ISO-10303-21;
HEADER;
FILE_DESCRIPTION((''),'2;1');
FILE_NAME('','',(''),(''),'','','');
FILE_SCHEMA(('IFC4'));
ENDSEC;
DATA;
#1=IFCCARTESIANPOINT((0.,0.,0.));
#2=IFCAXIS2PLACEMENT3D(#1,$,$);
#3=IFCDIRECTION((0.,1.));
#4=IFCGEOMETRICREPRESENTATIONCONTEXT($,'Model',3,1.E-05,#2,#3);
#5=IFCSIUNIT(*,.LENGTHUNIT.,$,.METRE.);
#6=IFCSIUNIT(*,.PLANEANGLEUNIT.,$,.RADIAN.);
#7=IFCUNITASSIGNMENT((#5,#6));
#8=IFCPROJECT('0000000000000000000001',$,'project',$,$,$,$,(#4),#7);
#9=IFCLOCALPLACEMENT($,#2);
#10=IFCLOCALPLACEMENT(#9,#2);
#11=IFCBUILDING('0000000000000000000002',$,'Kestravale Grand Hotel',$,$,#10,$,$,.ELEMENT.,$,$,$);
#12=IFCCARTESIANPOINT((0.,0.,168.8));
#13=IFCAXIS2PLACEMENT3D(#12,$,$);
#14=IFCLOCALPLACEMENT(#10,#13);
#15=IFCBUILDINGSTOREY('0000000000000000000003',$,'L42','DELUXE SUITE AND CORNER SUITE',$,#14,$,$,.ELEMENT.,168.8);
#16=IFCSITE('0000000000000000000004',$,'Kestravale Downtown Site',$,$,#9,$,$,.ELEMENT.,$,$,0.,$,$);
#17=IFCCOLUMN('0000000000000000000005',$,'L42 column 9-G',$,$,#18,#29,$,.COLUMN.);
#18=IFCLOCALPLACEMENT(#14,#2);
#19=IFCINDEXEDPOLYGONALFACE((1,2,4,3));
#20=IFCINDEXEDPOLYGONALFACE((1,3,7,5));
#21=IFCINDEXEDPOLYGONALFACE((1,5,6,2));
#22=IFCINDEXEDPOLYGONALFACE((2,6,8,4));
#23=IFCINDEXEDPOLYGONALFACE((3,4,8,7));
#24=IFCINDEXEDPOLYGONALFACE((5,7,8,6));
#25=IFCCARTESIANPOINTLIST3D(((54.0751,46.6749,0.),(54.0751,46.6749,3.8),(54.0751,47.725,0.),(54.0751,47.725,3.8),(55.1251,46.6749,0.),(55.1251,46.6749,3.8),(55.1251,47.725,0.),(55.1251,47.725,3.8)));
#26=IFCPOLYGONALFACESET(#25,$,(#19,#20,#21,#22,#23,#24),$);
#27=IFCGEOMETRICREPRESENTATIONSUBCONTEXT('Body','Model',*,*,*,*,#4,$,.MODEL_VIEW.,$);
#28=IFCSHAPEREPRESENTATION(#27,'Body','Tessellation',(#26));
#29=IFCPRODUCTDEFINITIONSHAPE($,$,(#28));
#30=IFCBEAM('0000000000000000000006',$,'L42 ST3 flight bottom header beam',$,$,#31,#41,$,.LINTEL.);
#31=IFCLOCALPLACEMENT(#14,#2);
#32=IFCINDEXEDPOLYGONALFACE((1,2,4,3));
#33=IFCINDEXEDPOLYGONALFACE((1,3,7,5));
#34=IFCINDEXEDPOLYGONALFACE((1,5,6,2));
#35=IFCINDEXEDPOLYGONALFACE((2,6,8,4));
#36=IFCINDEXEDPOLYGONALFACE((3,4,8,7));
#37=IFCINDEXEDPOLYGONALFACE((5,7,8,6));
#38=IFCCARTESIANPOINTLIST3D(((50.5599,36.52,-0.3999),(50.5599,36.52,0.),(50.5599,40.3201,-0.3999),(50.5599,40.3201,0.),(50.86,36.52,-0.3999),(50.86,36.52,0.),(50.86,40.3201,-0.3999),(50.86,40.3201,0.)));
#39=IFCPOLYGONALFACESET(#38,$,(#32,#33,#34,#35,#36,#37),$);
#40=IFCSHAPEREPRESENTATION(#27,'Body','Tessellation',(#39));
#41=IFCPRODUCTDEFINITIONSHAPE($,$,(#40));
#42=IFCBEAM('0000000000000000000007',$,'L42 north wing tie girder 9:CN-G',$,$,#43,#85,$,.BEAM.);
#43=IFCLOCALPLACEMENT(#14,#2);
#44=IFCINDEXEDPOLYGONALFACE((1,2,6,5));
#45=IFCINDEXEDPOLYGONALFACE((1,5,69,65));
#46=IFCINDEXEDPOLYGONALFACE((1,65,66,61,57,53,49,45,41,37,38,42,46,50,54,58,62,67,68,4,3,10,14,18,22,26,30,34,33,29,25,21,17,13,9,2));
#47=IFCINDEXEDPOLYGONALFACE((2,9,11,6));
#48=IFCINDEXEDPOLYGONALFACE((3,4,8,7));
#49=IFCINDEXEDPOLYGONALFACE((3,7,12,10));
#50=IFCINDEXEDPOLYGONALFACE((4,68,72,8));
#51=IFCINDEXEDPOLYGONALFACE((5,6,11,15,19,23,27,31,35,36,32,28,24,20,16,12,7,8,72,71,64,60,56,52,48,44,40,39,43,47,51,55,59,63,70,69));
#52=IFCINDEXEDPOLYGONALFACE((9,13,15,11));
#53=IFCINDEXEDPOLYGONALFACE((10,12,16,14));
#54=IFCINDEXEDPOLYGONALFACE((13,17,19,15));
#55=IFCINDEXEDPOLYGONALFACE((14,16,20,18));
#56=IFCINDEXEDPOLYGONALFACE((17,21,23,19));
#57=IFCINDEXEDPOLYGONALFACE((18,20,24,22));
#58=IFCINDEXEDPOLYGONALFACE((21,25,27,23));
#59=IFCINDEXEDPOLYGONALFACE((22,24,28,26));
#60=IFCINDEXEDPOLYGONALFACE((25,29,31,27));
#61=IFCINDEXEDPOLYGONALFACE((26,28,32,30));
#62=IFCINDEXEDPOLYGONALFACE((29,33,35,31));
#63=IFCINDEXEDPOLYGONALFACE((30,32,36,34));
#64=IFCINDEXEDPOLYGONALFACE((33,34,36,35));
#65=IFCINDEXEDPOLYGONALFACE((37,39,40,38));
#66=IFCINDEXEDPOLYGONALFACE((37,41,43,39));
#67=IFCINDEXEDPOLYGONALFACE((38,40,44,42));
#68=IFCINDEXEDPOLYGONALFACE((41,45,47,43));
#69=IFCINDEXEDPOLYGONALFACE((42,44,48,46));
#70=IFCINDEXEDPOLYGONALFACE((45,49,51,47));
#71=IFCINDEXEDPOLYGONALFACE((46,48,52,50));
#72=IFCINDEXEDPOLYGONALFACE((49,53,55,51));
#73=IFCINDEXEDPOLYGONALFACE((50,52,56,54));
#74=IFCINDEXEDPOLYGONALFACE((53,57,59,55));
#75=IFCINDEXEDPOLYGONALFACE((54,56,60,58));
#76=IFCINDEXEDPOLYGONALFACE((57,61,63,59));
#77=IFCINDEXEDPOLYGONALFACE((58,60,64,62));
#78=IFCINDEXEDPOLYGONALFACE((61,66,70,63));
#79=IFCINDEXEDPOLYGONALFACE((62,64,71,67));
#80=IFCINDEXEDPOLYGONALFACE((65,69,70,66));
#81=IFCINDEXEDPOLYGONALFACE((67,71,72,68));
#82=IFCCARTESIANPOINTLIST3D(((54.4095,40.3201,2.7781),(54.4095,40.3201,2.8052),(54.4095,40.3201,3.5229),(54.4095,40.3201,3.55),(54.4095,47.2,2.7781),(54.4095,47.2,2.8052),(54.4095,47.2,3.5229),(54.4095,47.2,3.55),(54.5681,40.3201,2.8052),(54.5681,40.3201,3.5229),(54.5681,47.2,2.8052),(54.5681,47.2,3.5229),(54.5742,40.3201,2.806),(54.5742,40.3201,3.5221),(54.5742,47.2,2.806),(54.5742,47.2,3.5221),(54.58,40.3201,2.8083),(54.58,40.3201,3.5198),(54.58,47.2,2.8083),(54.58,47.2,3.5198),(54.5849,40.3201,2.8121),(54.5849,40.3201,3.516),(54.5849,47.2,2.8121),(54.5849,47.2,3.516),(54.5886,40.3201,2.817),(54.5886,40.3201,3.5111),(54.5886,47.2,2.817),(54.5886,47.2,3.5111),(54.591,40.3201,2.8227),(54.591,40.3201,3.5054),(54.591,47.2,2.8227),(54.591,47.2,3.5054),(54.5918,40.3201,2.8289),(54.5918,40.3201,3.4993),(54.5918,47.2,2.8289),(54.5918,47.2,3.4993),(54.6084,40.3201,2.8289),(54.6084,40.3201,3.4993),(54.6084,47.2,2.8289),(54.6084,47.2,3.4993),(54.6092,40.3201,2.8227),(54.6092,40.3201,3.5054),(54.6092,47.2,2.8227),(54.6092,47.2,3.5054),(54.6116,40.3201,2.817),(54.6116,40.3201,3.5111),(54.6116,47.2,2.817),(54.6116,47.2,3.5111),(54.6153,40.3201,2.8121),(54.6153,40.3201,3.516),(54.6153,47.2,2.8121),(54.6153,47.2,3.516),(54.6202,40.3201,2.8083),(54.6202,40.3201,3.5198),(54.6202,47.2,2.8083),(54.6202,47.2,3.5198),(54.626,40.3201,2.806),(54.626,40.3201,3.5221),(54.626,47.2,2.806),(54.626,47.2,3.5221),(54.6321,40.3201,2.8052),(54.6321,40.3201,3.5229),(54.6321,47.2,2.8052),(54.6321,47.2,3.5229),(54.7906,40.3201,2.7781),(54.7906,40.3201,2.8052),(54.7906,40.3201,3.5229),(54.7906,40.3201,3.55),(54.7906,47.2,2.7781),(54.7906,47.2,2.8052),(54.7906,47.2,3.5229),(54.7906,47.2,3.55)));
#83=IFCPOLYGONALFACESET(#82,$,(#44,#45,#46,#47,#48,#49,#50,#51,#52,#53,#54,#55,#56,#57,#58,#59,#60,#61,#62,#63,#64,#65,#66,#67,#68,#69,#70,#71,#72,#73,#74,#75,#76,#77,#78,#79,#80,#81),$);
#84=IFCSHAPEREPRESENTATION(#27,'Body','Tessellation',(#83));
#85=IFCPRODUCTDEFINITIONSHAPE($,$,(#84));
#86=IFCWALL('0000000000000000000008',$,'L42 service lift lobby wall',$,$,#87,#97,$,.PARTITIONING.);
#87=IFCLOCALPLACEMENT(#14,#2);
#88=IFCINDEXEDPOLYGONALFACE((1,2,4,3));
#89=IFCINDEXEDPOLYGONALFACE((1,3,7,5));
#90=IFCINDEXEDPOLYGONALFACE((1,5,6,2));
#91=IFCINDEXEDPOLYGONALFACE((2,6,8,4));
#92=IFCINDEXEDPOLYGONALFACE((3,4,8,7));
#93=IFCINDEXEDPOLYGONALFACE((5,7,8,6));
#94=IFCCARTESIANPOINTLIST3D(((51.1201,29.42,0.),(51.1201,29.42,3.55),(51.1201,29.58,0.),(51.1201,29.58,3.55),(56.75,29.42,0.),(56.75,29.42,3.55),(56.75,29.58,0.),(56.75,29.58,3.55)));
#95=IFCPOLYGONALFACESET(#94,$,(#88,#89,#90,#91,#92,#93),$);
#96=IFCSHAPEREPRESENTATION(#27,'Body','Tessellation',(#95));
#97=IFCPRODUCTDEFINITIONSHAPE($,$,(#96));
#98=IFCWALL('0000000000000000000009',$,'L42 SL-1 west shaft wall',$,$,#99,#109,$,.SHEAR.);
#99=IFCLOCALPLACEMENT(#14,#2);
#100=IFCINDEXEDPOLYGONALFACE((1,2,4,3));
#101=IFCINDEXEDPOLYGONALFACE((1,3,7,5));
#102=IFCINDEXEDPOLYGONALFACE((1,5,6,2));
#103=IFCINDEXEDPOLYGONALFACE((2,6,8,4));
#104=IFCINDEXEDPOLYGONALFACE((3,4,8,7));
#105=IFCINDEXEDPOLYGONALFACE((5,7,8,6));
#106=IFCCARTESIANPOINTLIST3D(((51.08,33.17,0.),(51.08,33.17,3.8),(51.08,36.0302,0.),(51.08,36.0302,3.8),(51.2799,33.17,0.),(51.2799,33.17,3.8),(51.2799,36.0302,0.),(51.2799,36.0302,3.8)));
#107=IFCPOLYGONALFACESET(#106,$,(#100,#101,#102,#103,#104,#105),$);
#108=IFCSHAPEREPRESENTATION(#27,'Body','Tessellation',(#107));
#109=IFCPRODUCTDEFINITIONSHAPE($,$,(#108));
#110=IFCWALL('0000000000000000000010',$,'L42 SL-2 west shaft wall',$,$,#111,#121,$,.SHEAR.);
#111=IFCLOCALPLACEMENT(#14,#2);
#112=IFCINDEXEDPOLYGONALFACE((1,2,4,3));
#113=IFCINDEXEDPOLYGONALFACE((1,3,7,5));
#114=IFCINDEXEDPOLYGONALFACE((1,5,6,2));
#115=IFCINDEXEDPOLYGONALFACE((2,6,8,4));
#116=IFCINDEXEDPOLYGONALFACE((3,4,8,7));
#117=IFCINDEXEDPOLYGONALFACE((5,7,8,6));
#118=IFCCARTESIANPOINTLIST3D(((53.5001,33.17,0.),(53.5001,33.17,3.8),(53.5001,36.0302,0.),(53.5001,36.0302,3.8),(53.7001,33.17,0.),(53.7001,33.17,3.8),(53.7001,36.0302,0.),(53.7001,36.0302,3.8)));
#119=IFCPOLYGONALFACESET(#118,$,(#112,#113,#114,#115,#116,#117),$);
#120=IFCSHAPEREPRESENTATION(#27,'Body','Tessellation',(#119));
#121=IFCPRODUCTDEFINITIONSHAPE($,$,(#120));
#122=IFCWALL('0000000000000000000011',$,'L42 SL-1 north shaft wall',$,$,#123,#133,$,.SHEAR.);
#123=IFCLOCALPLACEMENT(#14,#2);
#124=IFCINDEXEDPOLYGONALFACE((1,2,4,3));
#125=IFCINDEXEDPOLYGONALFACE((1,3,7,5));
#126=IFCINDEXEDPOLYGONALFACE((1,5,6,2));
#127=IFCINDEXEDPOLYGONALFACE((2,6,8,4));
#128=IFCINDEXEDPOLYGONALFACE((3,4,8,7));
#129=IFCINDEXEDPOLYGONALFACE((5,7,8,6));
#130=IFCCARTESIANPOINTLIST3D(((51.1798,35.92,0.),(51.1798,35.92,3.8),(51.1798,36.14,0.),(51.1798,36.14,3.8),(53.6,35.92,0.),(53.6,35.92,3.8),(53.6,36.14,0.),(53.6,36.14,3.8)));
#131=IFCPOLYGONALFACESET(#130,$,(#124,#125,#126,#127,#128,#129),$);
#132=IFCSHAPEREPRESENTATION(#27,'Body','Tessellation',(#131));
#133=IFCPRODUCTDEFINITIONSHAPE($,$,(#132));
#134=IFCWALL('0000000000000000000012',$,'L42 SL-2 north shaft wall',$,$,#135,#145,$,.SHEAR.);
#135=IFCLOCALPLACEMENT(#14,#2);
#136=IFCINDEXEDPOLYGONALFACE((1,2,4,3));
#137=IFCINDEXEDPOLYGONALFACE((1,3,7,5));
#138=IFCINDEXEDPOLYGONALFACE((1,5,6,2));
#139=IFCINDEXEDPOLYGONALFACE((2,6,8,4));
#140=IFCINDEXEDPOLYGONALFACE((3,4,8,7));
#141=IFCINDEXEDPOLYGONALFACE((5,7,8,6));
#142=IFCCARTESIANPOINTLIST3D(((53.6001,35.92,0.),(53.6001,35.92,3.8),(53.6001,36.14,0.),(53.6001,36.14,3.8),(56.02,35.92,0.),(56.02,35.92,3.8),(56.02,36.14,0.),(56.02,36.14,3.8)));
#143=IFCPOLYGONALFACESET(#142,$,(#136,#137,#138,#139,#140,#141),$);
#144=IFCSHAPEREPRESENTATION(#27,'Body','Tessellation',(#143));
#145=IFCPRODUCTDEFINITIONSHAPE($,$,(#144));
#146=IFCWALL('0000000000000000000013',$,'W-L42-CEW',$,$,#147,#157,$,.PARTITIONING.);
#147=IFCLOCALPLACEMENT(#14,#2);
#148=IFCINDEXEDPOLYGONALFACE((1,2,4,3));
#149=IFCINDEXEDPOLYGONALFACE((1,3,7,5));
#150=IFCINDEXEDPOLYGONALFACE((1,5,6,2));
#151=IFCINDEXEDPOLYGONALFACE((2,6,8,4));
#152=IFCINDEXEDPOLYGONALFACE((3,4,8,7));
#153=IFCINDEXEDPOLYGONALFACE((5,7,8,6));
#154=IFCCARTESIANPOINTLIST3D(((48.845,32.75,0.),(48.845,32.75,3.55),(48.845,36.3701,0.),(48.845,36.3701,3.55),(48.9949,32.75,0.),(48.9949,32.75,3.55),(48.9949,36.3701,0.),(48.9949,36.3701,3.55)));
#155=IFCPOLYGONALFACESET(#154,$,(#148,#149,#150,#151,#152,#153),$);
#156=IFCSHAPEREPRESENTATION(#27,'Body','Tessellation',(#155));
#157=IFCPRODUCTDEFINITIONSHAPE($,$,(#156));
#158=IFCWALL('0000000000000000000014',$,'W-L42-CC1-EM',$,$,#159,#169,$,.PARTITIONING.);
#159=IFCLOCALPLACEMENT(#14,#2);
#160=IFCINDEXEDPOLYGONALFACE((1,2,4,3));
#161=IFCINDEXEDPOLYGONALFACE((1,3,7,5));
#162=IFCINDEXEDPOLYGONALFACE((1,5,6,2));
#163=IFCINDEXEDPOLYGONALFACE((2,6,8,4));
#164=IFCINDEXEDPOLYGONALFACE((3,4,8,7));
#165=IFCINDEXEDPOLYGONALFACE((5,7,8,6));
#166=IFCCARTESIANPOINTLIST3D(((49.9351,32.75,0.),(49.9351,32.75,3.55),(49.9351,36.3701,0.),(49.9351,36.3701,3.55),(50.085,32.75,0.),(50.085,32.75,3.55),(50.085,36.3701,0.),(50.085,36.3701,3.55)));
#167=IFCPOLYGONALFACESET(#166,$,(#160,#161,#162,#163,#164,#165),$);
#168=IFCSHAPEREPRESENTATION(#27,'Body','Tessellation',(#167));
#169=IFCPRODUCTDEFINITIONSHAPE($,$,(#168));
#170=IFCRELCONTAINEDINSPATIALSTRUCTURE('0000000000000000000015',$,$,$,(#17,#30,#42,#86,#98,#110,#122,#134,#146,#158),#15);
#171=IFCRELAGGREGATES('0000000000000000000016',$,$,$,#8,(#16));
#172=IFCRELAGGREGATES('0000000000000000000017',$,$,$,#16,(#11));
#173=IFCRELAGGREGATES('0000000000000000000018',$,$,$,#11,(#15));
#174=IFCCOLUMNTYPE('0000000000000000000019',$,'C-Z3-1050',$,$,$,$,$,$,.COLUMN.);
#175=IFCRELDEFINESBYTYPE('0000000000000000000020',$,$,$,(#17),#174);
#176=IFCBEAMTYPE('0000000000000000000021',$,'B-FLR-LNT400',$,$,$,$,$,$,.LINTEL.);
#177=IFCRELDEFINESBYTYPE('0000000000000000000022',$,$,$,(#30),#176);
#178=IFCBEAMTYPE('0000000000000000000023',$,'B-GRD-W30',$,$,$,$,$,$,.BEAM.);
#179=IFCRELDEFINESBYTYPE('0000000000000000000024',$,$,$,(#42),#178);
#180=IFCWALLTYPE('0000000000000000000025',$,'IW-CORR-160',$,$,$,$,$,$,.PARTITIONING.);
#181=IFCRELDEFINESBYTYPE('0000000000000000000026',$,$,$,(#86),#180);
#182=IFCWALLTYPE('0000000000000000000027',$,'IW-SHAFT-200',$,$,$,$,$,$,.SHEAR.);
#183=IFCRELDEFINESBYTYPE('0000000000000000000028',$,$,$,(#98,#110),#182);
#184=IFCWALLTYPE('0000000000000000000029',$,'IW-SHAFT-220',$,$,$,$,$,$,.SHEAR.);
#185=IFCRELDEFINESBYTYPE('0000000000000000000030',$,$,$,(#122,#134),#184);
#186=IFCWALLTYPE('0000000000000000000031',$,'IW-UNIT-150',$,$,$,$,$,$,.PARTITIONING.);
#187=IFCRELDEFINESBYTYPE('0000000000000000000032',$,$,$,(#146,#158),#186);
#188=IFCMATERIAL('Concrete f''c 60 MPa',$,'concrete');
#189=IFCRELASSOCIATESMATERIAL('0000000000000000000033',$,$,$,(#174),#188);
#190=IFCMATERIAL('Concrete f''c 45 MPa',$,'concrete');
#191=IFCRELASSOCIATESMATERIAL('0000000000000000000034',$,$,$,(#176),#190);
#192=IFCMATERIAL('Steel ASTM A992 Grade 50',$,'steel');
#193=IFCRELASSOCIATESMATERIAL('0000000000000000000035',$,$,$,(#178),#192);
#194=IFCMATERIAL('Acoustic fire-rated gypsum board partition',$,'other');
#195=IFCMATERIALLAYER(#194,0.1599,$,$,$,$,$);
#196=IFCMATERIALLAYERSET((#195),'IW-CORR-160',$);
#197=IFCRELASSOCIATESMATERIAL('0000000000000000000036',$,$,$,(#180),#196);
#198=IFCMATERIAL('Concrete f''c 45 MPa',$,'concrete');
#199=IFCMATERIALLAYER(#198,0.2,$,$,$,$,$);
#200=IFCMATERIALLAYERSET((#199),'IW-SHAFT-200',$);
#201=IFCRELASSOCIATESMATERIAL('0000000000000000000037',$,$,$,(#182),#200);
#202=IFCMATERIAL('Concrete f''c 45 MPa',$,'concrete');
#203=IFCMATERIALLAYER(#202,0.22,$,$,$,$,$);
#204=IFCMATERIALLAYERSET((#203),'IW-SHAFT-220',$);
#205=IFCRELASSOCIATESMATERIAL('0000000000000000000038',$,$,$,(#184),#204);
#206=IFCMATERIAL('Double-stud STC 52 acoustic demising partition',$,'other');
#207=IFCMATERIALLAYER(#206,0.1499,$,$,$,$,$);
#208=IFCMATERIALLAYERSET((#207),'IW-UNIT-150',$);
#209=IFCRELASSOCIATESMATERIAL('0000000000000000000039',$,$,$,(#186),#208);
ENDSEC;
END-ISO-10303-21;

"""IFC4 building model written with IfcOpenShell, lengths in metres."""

from ifc_helpers import new_model, si_unit, direction, frame, frame_2d, origin, origin_2d, place, context, subcontext, project, spatial, rectangle, i_section, extrude, material, layer, layer_set, material_profile, profile_set, type_object, element, save


model = new_model("IFC4")

# Units and contexts
model_context = context("Model", 3, precision=1e-05, world=origin(), true_north=direction((0.0, 1.0)))
body_context = subcontext(model_context, "Body", "Model", "MODEL_VIEW")
ifc_project = project(units=[si_unit("LENGTHUNIT", "METRE"), si_unit("PLANEANGLEUNIT", "RADIAN")], contexts=[model_context])

# Site, building, storey
site_placement = place(None, origin())
site = spatial("IfcSite", under=ifc_project, at=site_placement, Name="Kestravale Downtown Site", CompositionType="ELEMENT", RefElevation=0.0)
building_placement = place(site_placement, origin())
building = spatial("IfcBuilding", under=site, at=building_placement, Name="Kestravale Grand Hotel", CompositionType="ELEMENT")
storey_placement = place(building_placement, frame((0.0, 0.0, 168.8)))
storey = spatial("IfcBuildingStorey", under=building, at=storey_placement, Name="L42", Description="DELUXE SUITE AND CORNER SUITE", CompositionType="ELEMENT", Elevation=168.8)

# Column
ifc_material_1 = material(Name="Concrete f'c 60 MPa", Category="concrete")
ifc_material_profile_1 = material_profile(ifc_material_1, rectangle(XDim=1.05, YDim=1.05, at=origin_2d()))
ifc_profile_set_1 = profile_set([ifc_material_profile_1], Name="Concrete f'c 60 MPa")
column_type = type_object("IfcColumnType", Name="C-Z3-1050", PredefinedType="COLUMN", material=ifc_profile_set_1)
column_placement = place(storey_placement, frame((54.6001, 47.2, 0.0), z_axis=(0.0, 0.0, 1.0), x_axis=(1.0, 0.0, 0.0)))
element("IfcColumn", 1, at=column_placement, inside=storey, type_object=column_type, Name="L42 column 9-G", PredefinedType="COLUMN", context=body_context, shape_type="SweptSolid", body=[
    extrude(rectangle(XDim=1.05, YDim=1.05, at=origin_2d()), origin(), (0.0, 0.0, 1.0), 3.8),
])

# Beams
ifc_material_2 = material(Name="Concrete f'c 45 MPa", Category="concrete")
ifc_material_profile_2 = material_profile(ifc_material_2, rectangle(XDim=0.3, YDim=0.3999, at=origin_2d()))
ifc_profile_set_2 = profile_set([ifc_material_profile_2], Name="Concrete f'c 45 MPa")
beam_type_1 = type_object("IfcBeamType", Name="B-FLR-LNT400", PredefinedType="LINTEL", material=ifc_profile_set_2)
beam_1_placement = place(storey_placement, frame((50.71, 36.52, -0.2), z_axis=(0.0, 1.0, 0.0), x_axis=(-1.0, 0.0, 0.0)))
element("IfcBeam", 2, at=beam_1_placement, inside=storey, type_object=beam_type_1, Name="L42 ST3 flight bottom header beam", PredefinedType="LINTEL", context=body_context, shape_type="SweptSolid", body=[
    extrude(rectangle(XDim=0.3, YDim=0.3999, at=origin_2d()), origin(), (0.0, 0.0, 1.0), 3.8),
])
ifc_material_3 = material(Name="Steel ASTM A992 Grade 50", Category="steel")
ifc_material_profile_3 = material_profile(ifc_material_3, i_section(OverallWidth=0.3811, OverallDepth=0.772, WebThickness=0.0166, FlangeThickness=0.0271, FilletRadius=0.0237, at=origin_2d()))
ifc_profile_set_3 = profile_set([ifc_material_profile_3], Name="Steel ASTM A992 Grade 50")
beam_type_2 = type_object("IfcBeamType", Name="B-GRD-W30", PredefinedType="BEAM", material=ifc_profile_set_3)
beam_2_placement = place(storey_placement, frame((54.6001, 40.3201, 3.1641), z_axis=(0.0, 1.0, 0.0), x_axis=(-1.0, 0.0, 0.0)))
element("IfcBeam", 3, at=beam_2_placement, inside=storey, type_object=beam_type_2, Name="L42 north wing tie girder 9:CN-G", PredefinedType="BEAM", context=body_context, shape_type="SweptSolid", body=[
    extrude(i_section(OverallWidth=0.3811, OverallDepth=0.772, WebThickness=0.0166, FlangeThickness=0.0271, FilletRadius=0.0237, at=origin_2d()), origin(), (0.0, 0.0, 1.0), 6.8799),
])

# Walls
ifc_material_4 = material(Name="Acoustic fire-rated gypsum board partition", Category="other")
ifc_layer_1 = layer(ifc_material_4, 0.1599)
ifc_layer_set_1 = layer_set([ifc_layer_1], Name="IW-CORR-160")
wall_type_1 = type_object("IfcWallType", Name="IW-CORR-160", PredefinedType="PARTITIONING", material=ifc_layer_set_1)
wall_1_placement = place(storey_placement, frame((51.1201, 29.5, 0.0), z_axis=(0.0, 0.0, 1.0), x_axis=(1.0, 0.0, 0.0)))
element("IfcWall", 4, at=wall_1_placement, inside=storey, type_object=wall_type_1, Name="L42 service lift lobby wall", PredefinedType="PARTITIONING", context=body_context, shape_type="SweptSolid", body=[
    extrude(rectangle(XDim=5.6299, YDim=0.1599, at=frame_2d((2.8149, 0.0))), origin(), (0.0, 0.0, 1.0), 3.55),
])
ifc_material_5 = material(Name="Concrete f'c 45 MPa", Category="concrete")
ifc_layer_2 = layer(ifc_material_5, 0.2)
ifc_layer_set_2 = layer_set([ifc_layer_2], Name="IW-SHAFT-200")
wall_type_2 = type_object("IfcWallType", Name="IW-SHAFT-200", PredefinedType="SHEAR", material=ifc_layer_set_2)
for number, where, z_axis, x_axis, name in (
    (5, (51.1799, 33.1699, 0.0), (0.0, 0.0, 1.0), (0.0, 1.0, 0.0), "L42 SL-1 west shaft wall"),
    (6, (53.6001, 33.1699, 0.0), (0.0, 0.0, 1.0), (0.0, 1.0, 0.0), "L42 SL-2 west shaft wall"),
):
    element("IfcWall", number, at=place(storey_placement, frame(where, z_axis=z_axis, x_axis=x_axis)), inside=storey, type_object=wall_type_2, Name=name, PredefinedType="SHEAR", context=body_context, shape_type="SweptSolid", body=[
        extrude(rectangle(XDim=2.8601, YDim=0.2, at=frame_2d((1.4302, 0.0))), origin(), (0.0, 0.0, 1.0), 3.8),
    ])
ifc_material_6 = material(Name="Concrete f'c 45 MPa", Category="concrete")
ifc_layer_3 = layer(ifc_material_6, 0.22)
ifc_layer_set_3 = layer_set([ifc_layer_3], Name="IW-SHAFT-220")
wall_type_3 = type_object("IfcWallType", Name="IW-SHAFT-220", PredefinedType="SHEAR", material=ifc_layer_set_3)
wall_2_placement = place(storey_placement, frame((51.1799, 36.03, 0.0), z_axis=(0.0, 0.0, 1.0), x_axis=(1.0, 0.0, 0.0)))
element("IfcWall", 7, at=wall_2_placement, inside=storey, type_object=wall_type_3, Name="L42 SL-1 north shaft wall", PredefinedType="SHEAR", context=body_context, shape_type="SweptSolid", body=[
    extrude(rectangle(XDim=2.4202, YDim=0.22, at=frame_2d((1.21, 0.0))), origin(), (0.0, 0.0, 1.0), 3.8),
])

# Wall
wall_3_placement = place(storey_placement, frame((53.6001, 36.03, 0.0), z_axis=(0.0, 0.0, 1.0), x_axis=(1.0, 0.0, 0.0)))
element("IfcWall", 8, at=wall_3_placement, inside=storey, type_object=wall_type_3, Name="L42 SL-2 north shaft wall", PredefinedType="SHEAR", context=body_context, shape_type="SweptSolid", body=[
    extrude(rectangle(XDim=2.4199, YDim=0.22, at=frame_2d((1.21, 0.0))), origin(), (0.0, 0.0, 1.0), 3.8),
])

# Walls
ifc_material_7 = material(Name="Double-stud STC 52 acoustic demising partition", Category="other")
ifc_layer_4 = layer(ifc_material_7, 0.1499)
ifc_layer_set_4 = layer_set([ifc_layer_4], Name="IW-UNIT-150")
wall_type_4 = type_object("IfcWallType", Name="IW-UNIT-150", PredefinedType="PARTITIONING", material=ifc_layer_set_4)
for number, where, z_axis, x_axis, name in (
    (9, (48.9199, 32.75, 0.0), (0.0, 0.0, 1.0), (0.0, 1.0, 0.0), "W-L42-CEW"),
    (10, (50.01, 32.75, 0.0), (0.0, 0.0, 1.0), (0.0, 1.0, 0.0), "W-L42-CC1-EM"),
):
    element("IfcWall", number, at=place(storey_placement, frame(where, z_axis=z_axis, x_axis=x_axis)), inside=storey, type_object=wall_type_4, Name=name, PredefinedType="PARTITIONING", context=body_context, shape_type="SweptSolid", body=[
        extrude(rectangle(XDim=3.6201, YDim=0.1499, at=frame_2d((1.8101, 0.0))), origin(), (0.0, 0.0, 1.0), 3.55),
    ])

save(model, "model.ifc")
